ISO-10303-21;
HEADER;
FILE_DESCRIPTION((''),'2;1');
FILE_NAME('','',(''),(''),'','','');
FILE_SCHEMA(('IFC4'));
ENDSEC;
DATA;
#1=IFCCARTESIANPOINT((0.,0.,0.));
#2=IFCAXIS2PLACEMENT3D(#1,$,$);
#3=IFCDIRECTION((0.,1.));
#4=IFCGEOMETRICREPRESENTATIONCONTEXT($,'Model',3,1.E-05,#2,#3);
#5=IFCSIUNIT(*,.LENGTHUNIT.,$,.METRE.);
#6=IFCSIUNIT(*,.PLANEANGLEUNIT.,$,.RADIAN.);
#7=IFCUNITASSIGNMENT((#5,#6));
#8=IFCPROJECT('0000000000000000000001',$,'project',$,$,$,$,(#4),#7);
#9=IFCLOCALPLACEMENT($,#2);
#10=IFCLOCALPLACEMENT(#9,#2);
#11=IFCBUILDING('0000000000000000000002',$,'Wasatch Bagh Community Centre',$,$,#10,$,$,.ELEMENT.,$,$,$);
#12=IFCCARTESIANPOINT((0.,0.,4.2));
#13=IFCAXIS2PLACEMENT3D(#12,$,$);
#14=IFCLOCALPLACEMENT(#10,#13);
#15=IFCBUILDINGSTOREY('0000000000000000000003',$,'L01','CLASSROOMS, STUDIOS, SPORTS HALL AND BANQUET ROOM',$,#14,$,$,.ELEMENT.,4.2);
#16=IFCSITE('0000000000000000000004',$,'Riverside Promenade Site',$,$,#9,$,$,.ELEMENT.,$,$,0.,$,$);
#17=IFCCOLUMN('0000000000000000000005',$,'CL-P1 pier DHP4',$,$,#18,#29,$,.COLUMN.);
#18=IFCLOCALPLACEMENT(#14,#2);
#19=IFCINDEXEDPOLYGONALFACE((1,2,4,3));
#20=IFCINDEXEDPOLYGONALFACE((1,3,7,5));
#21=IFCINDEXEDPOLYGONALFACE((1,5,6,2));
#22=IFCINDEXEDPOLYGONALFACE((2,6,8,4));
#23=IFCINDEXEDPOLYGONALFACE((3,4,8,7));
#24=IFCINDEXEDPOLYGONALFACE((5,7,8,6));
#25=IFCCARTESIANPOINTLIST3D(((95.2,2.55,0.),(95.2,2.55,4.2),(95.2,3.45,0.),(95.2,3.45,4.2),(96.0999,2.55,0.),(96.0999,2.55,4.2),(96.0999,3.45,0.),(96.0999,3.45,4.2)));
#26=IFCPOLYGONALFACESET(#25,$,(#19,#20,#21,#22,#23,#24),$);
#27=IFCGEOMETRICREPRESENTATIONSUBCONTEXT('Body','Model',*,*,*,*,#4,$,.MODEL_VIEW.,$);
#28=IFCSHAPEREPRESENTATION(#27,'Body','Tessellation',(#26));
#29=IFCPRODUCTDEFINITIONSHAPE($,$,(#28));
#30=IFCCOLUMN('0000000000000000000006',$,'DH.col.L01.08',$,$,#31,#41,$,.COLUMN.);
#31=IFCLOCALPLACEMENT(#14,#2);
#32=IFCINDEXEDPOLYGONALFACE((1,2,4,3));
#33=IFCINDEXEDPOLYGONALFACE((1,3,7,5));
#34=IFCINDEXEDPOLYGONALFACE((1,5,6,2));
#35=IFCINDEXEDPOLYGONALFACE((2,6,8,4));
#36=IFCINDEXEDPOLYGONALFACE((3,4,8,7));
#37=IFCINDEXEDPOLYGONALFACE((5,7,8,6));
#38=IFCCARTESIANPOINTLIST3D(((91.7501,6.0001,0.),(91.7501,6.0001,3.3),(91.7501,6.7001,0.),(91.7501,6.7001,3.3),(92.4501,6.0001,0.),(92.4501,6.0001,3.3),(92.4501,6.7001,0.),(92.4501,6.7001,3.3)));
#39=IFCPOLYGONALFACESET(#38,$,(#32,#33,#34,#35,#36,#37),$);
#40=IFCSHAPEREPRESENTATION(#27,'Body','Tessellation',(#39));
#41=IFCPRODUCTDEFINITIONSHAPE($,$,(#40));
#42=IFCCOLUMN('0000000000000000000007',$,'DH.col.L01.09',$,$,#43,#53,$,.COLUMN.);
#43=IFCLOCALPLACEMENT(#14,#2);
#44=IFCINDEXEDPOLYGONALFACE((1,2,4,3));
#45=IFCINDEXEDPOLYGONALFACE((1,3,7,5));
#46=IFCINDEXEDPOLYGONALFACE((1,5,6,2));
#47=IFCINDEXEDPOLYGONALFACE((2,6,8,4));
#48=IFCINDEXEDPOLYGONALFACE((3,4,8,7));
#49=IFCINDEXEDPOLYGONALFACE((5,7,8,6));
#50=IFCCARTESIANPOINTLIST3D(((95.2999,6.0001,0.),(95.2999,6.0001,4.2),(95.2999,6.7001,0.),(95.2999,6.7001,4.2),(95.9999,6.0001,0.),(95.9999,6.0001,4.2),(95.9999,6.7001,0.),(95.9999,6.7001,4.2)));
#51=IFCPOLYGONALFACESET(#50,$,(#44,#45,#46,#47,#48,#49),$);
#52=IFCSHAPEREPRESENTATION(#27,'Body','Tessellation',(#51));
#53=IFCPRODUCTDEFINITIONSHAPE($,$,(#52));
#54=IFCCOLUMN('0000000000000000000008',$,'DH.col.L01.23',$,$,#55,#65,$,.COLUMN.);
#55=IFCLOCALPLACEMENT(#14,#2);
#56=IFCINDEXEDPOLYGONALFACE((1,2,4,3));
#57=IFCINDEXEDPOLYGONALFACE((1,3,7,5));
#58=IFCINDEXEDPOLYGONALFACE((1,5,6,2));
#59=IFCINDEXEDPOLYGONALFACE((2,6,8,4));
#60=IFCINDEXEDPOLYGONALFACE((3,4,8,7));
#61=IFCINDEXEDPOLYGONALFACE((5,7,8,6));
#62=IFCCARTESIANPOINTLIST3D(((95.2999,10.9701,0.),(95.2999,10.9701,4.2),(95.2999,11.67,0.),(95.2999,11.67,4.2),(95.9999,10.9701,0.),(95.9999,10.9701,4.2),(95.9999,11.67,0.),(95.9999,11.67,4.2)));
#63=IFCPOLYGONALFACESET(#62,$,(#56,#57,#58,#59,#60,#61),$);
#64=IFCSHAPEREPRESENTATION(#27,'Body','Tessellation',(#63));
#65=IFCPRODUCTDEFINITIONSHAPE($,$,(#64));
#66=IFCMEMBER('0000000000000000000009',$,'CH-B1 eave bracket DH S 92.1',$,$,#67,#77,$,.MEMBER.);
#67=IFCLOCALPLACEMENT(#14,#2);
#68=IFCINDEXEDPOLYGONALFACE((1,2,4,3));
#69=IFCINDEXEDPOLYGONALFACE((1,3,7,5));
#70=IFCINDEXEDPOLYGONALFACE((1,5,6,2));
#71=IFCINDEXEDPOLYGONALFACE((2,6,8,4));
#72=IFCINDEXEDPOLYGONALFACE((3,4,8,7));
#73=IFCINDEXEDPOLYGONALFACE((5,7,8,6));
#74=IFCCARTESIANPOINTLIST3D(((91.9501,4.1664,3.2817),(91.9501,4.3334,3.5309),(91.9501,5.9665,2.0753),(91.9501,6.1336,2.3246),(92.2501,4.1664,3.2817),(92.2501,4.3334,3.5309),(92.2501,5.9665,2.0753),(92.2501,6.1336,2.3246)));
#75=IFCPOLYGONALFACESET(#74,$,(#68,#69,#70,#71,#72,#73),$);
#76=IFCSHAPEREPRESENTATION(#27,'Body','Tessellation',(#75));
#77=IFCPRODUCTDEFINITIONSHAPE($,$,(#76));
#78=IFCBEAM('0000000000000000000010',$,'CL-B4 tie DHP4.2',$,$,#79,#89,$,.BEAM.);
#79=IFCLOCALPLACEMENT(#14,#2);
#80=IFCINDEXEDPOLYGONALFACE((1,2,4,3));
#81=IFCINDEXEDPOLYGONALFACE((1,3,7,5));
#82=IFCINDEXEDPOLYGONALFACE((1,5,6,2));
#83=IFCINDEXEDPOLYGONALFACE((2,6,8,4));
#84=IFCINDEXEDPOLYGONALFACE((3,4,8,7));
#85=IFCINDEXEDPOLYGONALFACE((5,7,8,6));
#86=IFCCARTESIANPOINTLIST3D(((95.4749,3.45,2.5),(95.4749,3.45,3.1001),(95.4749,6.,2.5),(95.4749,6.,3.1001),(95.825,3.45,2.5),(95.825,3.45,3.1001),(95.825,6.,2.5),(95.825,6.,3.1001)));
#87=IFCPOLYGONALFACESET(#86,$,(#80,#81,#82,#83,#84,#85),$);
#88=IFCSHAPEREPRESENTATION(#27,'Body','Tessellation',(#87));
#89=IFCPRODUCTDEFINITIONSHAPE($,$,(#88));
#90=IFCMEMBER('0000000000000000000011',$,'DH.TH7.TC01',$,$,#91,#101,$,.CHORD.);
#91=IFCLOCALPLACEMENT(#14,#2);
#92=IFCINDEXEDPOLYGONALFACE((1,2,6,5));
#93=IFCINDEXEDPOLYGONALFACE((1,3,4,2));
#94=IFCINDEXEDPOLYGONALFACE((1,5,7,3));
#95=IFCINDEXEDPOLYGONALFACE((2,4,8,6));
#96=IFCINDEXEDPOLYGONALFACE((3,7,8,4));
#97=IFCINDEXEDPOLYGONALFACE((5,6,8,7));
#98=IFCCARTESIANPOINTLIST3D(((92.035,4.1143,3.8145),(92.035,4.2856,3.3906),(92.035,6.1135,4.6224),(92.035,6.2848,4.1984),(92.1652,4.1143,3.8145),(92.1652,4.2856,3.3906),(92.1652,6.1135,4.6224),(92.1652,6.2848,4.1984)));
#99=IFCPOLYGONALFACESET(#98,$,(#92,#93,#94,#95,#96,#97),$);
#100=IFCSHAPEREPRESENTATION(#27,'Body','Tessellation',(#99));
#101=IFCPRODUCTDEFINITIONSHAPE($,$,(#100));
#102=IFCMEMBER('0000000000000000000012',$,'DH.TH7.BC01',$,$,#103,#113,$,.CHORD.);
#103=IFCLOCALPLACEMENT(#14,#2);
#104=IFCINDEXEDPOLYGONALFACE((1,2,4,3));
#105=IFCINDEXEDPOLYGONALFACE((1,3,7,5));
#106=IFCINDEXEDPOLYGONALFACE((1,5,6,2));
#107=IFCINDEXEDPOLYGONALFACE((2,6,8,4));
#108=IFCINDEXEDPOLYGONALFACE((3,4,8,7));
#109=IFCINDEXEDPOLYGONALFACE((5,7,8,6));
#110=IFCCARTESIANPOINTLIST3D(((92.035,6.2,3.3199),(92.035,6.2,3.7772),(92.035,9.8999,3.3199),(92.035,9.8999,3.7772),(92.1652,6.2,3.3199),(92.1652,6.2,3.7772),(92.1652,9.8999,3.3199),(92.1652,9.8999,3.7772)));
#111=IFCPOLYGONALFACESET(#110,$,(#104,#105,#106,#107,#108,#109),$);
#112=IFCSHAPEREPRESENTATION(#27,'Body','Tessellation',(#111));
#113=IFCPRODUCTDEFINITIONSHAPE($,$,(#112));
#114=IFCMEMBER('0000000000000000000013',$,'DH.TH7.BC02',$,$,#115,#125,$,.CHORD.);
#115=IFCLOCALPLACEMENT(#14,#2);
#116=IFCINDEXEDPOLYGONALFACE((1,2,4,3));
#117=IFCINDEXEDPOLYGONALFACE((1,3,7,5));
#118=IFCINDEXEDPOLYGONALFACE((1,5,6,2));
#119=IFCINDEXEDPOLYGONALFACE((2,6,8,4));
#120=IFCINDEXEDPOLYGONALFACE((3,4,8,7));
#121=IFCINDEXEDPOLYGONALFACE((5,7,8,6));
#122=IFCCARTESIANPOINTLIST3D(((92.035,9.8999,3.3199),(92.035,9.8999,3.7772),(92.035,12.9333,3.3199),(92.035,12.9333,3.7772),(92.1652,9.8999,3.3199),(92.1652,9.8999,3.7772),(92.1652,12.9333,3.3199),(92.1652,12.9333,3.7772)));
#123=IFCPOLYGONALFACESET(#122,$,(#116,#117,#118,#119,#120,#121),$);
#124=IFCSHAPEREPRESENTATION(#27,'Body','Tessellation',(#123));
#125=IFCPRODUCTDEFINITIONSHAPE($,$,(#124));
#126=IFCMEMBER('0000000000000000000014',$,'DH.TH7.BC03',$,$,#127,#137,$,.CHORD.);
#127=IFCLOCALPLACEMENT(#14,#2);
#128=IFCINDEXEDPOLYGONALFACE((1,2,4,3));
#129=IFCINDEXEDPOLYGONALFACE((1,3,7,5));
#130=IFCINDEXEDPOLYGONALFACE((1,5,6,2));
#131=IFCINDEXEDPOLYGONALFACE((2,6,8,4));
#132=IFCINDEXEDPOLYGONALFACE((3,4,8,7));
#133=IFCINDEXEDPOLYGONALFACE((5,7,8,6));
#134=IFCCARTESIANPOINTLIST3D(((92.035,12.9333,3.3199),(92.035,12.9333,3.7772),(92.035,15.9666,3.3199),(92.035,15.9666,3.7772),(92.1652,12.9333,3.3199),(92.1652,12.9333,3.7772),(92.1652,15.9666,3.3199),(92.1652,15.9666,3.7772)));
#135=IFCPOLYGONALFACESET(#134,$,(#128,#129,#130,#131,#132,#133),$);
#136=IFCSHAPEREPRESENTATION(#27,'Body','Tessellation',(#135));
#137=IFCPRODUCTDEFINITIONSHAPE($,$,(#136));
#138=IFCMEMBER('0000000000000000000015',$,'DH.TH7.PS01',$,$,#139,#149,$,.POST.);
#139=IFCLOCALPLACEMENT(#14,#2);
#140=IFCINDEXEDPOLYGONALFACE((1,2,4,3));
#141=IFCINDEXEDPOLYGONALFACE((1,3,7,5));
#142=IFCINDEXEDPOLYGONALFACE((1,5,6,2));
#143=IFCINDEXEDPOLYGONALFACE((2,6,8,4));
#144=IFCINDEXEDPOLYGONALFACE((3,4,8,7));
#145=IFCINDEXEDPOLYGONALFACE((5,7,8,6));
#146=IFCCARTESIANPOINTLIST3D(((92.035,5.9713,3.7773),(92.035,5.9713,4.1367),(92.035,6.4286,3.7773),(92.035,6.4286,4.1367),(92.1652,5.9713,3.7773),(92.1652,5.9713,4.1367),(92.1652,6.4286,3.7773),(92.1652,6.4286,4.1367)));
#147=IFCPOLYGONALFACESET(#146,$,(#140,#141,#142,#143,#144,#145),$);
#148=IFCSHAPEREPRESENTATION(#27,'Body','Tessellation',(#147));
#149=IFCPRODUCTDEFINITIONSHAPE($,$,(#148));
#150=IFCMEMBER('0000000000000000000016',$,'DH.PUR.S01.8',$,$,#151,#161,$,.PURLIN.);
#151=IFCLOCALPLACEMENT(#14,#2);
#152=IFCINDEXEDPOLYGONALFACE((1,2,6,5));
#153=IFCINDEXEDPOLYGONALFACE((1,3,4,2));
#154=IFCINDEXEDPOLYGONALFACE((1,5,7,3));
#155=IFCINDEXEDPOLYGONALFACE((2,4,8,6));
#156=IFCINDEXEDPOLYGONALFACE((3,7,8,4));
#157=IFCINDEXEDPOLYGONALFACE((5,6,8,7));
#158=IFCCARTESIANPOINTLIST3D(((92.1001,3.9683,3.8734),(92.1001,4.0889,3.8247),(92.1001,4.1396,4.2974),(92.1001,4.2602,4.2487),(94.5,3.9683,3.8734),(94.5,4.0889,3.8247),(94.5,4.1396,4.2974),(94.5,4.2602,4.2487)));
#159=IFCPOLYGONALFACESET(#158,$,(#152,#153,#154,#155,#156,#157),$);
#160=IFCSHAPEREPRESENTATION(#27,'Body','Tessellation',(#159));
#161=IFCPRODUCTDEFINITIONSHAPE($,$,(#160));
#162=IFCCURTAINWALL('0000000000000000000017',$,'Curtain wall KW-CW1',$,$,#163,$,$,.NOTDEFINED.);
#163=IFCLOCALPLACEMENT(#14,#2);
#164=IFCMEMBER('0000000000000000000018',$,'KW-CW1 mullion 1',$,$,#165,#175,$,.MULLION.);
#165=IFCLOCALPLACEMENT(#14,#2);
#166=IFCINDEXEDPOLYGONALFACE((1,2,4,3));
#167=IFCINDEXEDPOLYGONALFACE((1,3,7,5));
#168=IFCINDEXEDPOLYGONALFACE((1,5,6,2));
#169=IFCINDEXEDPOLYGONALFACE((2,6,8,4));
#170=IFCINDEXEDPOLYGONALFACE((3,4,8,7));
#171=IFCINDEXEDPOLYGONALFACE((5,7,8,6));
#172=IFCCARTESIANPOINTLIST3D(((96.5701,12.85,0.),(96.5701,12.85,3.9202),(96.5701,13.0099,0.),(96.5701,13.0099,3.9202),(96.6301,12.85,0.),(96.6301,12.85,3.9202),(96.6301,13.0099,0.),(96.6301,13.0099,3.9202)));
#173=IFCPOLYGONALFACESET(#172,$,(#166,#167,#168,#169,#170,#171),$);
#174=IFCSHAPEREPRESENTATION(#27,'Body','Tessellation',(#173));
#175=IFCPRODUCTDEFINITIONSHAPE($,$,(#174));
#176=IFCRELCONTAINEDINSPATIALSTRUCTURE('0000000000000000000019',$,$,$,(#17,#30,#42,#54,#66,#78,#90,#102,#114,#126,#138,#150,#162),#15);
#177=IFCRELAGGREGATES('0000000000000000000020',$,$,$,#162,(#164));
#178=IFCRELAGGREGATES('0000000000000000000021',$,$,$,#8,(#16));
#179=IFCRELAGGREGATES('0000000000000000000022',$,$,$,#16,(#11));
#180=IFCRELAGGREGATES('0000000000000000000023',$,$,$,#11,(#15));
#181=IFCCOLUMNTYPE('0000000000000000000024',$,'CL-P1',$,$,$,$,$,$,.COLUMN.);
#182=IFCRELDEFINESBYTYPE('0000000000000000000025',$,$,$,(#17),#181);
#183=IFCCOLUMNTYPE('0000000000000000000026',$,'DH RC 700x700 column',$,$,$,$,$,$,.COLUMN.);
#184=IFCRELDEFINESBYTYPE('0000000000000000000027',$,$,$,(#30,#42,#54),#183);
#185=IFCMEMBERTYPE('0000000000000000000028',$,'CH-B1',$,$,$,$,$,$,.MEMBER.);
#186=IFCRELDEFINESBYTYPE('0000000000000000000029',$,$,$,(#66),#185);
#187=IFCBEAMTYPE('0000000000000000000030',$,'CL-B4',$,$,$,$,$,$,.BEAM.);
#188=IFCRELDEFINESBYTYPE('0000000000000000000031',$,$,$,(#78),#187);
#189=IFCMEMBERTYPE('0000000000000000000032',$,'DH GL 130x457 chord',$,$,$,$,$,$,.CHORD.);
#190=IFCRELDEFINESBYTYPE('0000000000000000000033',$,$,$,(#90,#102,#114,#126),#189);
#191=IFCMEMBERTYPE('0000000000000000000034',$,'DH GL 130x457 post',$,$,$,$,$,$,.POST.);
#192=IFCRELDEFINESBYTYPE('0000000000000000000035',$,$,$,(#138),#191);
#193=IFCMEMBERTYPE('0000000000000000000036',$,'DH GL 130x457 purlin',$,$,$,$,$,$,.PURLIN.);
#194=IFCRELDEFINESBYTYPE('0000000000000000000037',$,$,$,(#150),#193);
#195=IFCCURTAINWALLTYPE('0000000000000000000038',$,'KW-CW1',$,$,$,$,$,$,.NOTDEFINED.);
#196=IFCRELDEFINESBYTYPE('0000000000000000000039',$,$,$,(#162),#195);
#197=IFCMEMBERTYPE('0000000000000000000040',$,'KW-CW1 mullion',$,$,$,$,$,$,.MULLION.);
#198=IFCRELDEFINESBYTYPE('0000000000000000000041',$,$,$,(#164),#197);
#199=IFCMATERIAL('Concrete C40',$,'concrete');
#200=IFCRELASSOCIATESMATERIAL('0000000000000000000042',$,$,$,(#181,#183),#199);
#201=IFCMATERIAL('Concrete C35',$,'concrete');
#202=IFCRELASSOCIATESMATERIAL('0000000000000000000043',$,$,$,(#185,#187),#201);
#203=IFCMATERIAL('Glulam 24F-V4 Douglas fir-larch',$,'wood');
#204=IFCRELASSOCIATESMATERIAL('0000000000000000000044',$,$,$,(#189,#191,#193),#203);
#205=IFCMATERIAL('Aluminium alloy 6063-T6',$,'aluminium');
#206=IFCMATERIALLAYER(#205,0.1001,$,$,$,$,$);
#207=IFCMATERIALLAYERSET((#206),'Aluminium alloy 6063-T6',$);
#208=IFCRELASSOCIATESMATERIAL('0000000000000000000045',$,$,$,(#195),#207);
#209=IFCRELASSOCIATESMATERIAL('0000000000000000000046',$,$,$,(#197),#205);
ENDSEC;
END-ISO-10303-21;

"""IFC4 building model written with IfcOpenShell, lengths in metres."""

from ifc_helpers import new_model, si_unit, direction, frame, origin, origin_2d, place, context, subcontext, project, spatial, rectangle, extrude, material, layer, layer_set, material_profile, profile_set, type_object, element, aggregate, save


model = new_model("IFC4")

# Units and contexts
model_context = context("Model", 3, precision=1e-05, world=origin(), true_north=direction((0.0, 1.0)))
body_context = subcontext(model_context, "Body", "Model", "MODEL_VIEW")
ifc_project = project(units=[si_unit("LENGTHUNIT", "METRE"), si_unit("PLANEANGLEUNIT", "RADIAN")], contexts=[model_context])

# Site, building, storey
site_placement = place(None, origin())
site = spatial("IfcSite", under=ifc_project, at=site_placement, Name="Riverside Promenade Site", CompositionType="ELEMENT", RefElevation=0.0)
building_placement = place(site_placement, origin())
building = spatial("IfcBuilding", under=site, at=building_placement, Name="Wasatch Bagh Community Centre", CompositionType="ELEMENT")
storey_placement = place(building_placement, frame((0.0, 0.0, 4.2)))
storey = spatial("IfcBuildingStorey", under=building, at=storey_placement, Name="L01", Description="CLASSROOMS, STUDIOS, SPORTS HALL AND BANQUET ROOM", CompositionType="ELEMENT", Elevation=4.2)

# Columns
ifc_material_1 = material(Name="Concrete C40", Category="concrete")
ifc_material_profile_1 = material_profile(ifc_material_1, rectangle(XDim=0.8999, YDim=0.8999, at=origin_2d()), Name="RC 900x900")
ifc_profile_set_1 = profile_set([ifc_material_profile_1], Name="Concrete C40")
column_type_1 = type_object("IfcColumnType", Name="CL-P1", PredefinedType="COLUMN", material=ifc_profile_set_1)
column_1_placement = place(storey_placement, frame((95.6499, 3.0, 0.0), z_axis=(0.0, 0.0, 1.0), x_axis=(1.0, 0.0, 0.0)))
element("IfcColumn", 1, at=column_1_placement, inside=storey, type_object=column_type_1, Name="CL-P1 pier DHP4", PredefinedType="COLUMN", context=body_context, shape_type="SweptSolid", body=[
    extrude(rectangle(XDim=0.8999, YDim=0.8999, at=origin_2d()), origin(), (0.0, 0.0, 1.0), 4.2),
])
ifc_material_profile_2 = material_profile(ifc_material_1, rectangle(XDim=0.7, YDim=0.7, at=origin_2d()), Name="RC 700x700")
ifc_profile_set_2 = profile_set([ifc_material_profile_2], Name="Concrete C40")
column_type_2 = type_object("IfcColumnType", Name="DH RC 700x700 column", PredefinedType="COLUMN", material=ifc_profile_set_2)
column_2_placement = place(storey_placement, frame((92.1001, 6.3501, 0.0), z_axis=(0.0, 0.0, 1.0), x_axis=(1.0, 0.0, 0.0)))
element("IfcColumn", 2, at=column_2_placement, inside=storey, type_object=column_type_2, Name="DH.col.L01.08", PredefinedType="COLUMN", context=body_context, shape_type="SweptSolid", body=[
    extrude(rectangle(XDim=0.7, YDim=0.7, at=origin_2d()), origin(), (0.0, 0.0, 1.0), 3.3),
])
for number, where, z_axis, x_axis, name in (
    (3, (95.6499, 6.3501, 0.0), (0.0, 0.0, 1.0), (1.0, 0.0, 0.0), "DH.col.L01.09"),
    (4, (95.6499, 11.3201, 0.0), (0.0, 0.0, 1.0), (1.0, 0.0, 0.0), "DH.col.L01.23"),
):
    element("IfcColumn", number, at=place(storey_placement, frame(where, z_axis=z_axis, x_axis=x_axis)), inside=storey, type_object=column_type_2, Name=name, PredefinedType="COLUMN", context=body_context, shape_type="SweptSolid", body=[
        extrude(rectangle(XDim=0.7, YDim=0.7, at=origin_2d()), origin(), (0.0, 0.0, 1.0), 4.2),
    ])

# Member
ifc_material_2 = material(Name="Concrete C35", Category="concrete")
ifc_material_profile_3 = material_profile(ifc_material_2, rectangle(XDim=0.3, YDim=0.3, at=origin_2d()), Name="RC 300x300")
ifc_profile_set_3 = profile_set([ifc_material_profile_3], Name="Concrete C35")
member_type_1 = type_object("IfcMemberType", Name="CH-B1", PredefinedType="MEMBER", material=ifc_profile_set_3)
member_1_placement = place(storey_placement, frame((92.1001, 6.05, 2.2), z_axis=(0.0, -0.830713, 0.556701), x_axis=(1.0, 0.0, 0.0)))
element("IfcMember", 5, at=member_1_placement, inside=storey, type_object=member_type_1, Name="CH-B1 eave bracket DH S 92.1", PredefinedType="MEMBER", context=body_context, shape_type="SweptSolid", body=[
    extrude(rectangle(XDim=0.3, YDim=0.3, at=origin_2d()), origin(), (0.0, 0.0, 1.0), 2.167),
])

# Beam
ifc_material_profile_4 = material_profile(ifc_material_2, rectangle(XDim=0.3501, YDim=0.6001, at=origin_2d()), Name="RC 350x600")
ifc_profile_set_4 = profile_set([ifc_material_profile_4], Name="Concrete C35")
beam_type = type_object("IfcBeamType", Name="CL-B4", PredefinedType="BEAM", material=ifc_profile_set_4)
beam_placement = place(storey_placement, frame((95.6499, 6.0, 2.8), z_axis=(0.0, -1.0, 0.0), x_axis=(1.0, 0.0, 0.0)))
element("IfcBeam", 6, at=beam_placement, inside=storey, type_object=beam_type, Name="CL-B4 tie DHP4.2", PredefinedType="BEAM", context=body_context, shape_type="SweptSolid", body=[
    extrude(rectangle(XDim=0.3501, YDim=0.6001, at=origin_2d()), origin(), (0.0, 0.0, 1.0), 2.55),
])

# Members
ifc_material_3 = material(Name="Glulam 24F-V4 Douglas fir-larch", Category="wood")
ifc_material_profile_5 = material_profile(ifc_material_3, rectangle(XDim=0.1301, YDim=0.4573, at=origin_2d()), Name="GL 130x457")
ifc_profile_set_5 = profile_set([ifc_material_profile_5], Name="Glulam 24F-V4 Douglas fir-larch")
member_type_2 = type_object("IfcMemberType", Name="DH GL 130x457 chord", PredefinedType="CHORD", material=ifc_profile_set_5)
member_2_placement = place(storey_placement, frame((92.1001, 4.2, 3.6025), z_axis=(0.0, 0.927167, 0.374648), x_axis=(-1.0, 0.0, 0.0)))
element("IfcMember", 7, at=member_2_placement, inside=storey, type_object=member_type_2, Name="DH.TH7.TC01", PredefinedType="CHORD", context=body_context, shape_type="SweptSolid", body=[
    extrude(rectangle(XDim=0.1301, YDim=0.4573, at=origin_2d()), origin(), (0.0, 0.0, 1.0), 2.1562),
])
member_3_placement = place(storey_placement, frame((92.1001, 6.2, 3.5486), z_axis=(0.0, 1.0, 0.0), x_axis=(-1.0, 0.0, 0.0)))
element("IfcMember", 8, at=member_3_placement, inside=storey, type_object=member_type_2, Name="DH.TH7.BC01", PredefinedType="CHORD", context=body_context, shape_type="SweptSolid", body=[
    extrude(rectangle(XDim=0.1301, YDim=0.4573, at=origin_2d()), origin(), (0.0, 0.0, 1.0), 3.7),
])
member_4_placement = place(storey_placement, frame((92.1001, 9.8999, 3.5486), z_axis=(0.0, 1.0, 0.0), x_axis=(-1.0, 0.0, 0.0)))
element("IfcMember", 9, at=member_4_placement, inside=storey, type_object=member_type_2, Name="DH.TH7.BC02", PredefinedType="CHORD", context=body_context, shape_type="SweptSolid", body=[
    extrude(rectangle(XDim=0.1301, YDim=0.4573, at=origin_2d()), origin(), (0.0, 0.0, 1.0), 3.0334),
])
member_5_placement = place(storey_placement, frame((92.1001, 12.9333, 3.5486), z_axis=(0.0, 1.0, 0.0), x_axis=(-1.0, 0.0, 0.0)))
element("IfcMember", 10, at=member_5_placement, inside=storey, type_object=member_type_2, Name="DH.TH7.BC03", PredefinedType="CHORD", context=body_context, shape_type="SweptSolid", body=[
    extrude(rectangle(XDim=0.1301, YDim=0.4573, at=origin_2d()), origin(), (0.0, 0.0, 1.0), 3.0332),
])
ifc_material_profile_6 = material_profile(ifc_material_3, rectangle(XDim=0.1301, YDim=0.4573, at=origin_2d()), Name="GL 130x457")
ifc_profile_set_6 = profile_set([ifc_material_profile_6], Name="Glulam 24F-V4 Douglas fir-larch")
member_type_3 = type_object("IfcMemberType", Name="DH GL 130x457 post", PredefinedType="POST", material=ifc_profile_set_6)
member_6_placement = place(storey_placement, frame((92.1001, 6.2, 3.7773), z_axis=(0.0, 0.0, 1.0), x_axis=(1.0, 0.0, 0.0)))
element("IfcMember", 11, at=member_6_placement, inside=storey, type_object=member_type_3, Name="DH.TH7.PS01", PredefinedType="POST", context=body_context, shape_type="SweptSolid", body=[
    extrude(rectangle(XDim=0.1301, YDim=0.4573, at=origin_2d()), origin(), (0.0, 0.0, 1.0), 0.3594),
])
ifc_material_profile_7 = material_profile(ifc_material_3, rectangle(XDim=0.1301, YDim=0.4573, at=origin_2d()), Name="GL 130x457")
ifc_profile_set_7 = profile_set([ifc_material_profile_7], Name="Glulam 24F-V4 Douglas fir-larch")
member_type_4 = type_object("IfcMemberType", Name="DH GL 130x457 purlin", PredefinedType="PURLIN", material=ifc_profile_set_7)
member_7_placement = place(storey_placement, frame((92.1001, 4.1143, 4.061), z_axis=(1.0, 0.0, 0.0), x_axis=(0.0, 0.927184, -0.374607)))
element("IfcMember", 12, at=member_7_placement, inside=storey, type_object=member_type_4, Name="DH.PUR.S01.8", PredefinedType="PURLIN", context=body_context, shape_type="SweptSolid", body=[
    extrude(rectangle(XDim=0.1301, YDim=0.4573, at=origin_2d()), origin(), (0.0, 0.0, 1.0), 2.3999),
])

# Curtain wall, member
ifc_material_4 = material(Name="Aluminium alloy 6063-T6", Category="aluminium")
ifc_layer_1 = layer(ifc_material_4, 0.1001)
ifc_layer_set_1 = layer_set([ifc_layer_1], Name="Aluminium alloy 6063-T6")
curtain_wall_type = type_object("IfcCurtainWallType", Name="KW-CW1", PredefinedType="NOTDEFINED", material=ifc_layer_set_1)
curtain_wall_placement = place(storey_placement, origin())
curtain_wall = element("IfcCurtainWall", 13, at=curtain_wall_placement, inside=storey, type_object=curtain_wall_type, Name="Curtain wall KW-CW1", PredefinedType="NOTDEFINED")
ifc_material_profile_8 = material_profile(ifc_material_4, rectangle(XDim=0.0601, YDim=0.1599, at=origin_2d()), Name="AL 60x160")
ifc_profile_set_8 = profile_set([ifc_material_profile_8], Name="Aluminium alloy 6063-T6")
member_type_5 = type_object("IfcMemberType", Name="KW-CW1 mullion", PredefinedType="MULLION", material=ifc_profile_set_8)
member_8_placement = place(storey_placement, frame((96.6001, 12.9299, 0.0), z_axis=(0.0, 0.0, 1.0), x_axis=(-1.0, 0.0, 0.0)))
member_8 = element("IfcMember", 14, at=member_8_placement, type_object=member_type_5, Name="KW-CW1 mullion 1", PredefinedType="MULLION", context=body_context, shape_type="SweptSolid", body=[
    extrude(rectangle(XDim=0.0601, YDim=0.1599, at=origin_2d()), origin(), (0.0, 0.0, 1.0), 3.9202),
])
aggregate(curtain_wall, [member_8])

save(model, "model.ifc")
